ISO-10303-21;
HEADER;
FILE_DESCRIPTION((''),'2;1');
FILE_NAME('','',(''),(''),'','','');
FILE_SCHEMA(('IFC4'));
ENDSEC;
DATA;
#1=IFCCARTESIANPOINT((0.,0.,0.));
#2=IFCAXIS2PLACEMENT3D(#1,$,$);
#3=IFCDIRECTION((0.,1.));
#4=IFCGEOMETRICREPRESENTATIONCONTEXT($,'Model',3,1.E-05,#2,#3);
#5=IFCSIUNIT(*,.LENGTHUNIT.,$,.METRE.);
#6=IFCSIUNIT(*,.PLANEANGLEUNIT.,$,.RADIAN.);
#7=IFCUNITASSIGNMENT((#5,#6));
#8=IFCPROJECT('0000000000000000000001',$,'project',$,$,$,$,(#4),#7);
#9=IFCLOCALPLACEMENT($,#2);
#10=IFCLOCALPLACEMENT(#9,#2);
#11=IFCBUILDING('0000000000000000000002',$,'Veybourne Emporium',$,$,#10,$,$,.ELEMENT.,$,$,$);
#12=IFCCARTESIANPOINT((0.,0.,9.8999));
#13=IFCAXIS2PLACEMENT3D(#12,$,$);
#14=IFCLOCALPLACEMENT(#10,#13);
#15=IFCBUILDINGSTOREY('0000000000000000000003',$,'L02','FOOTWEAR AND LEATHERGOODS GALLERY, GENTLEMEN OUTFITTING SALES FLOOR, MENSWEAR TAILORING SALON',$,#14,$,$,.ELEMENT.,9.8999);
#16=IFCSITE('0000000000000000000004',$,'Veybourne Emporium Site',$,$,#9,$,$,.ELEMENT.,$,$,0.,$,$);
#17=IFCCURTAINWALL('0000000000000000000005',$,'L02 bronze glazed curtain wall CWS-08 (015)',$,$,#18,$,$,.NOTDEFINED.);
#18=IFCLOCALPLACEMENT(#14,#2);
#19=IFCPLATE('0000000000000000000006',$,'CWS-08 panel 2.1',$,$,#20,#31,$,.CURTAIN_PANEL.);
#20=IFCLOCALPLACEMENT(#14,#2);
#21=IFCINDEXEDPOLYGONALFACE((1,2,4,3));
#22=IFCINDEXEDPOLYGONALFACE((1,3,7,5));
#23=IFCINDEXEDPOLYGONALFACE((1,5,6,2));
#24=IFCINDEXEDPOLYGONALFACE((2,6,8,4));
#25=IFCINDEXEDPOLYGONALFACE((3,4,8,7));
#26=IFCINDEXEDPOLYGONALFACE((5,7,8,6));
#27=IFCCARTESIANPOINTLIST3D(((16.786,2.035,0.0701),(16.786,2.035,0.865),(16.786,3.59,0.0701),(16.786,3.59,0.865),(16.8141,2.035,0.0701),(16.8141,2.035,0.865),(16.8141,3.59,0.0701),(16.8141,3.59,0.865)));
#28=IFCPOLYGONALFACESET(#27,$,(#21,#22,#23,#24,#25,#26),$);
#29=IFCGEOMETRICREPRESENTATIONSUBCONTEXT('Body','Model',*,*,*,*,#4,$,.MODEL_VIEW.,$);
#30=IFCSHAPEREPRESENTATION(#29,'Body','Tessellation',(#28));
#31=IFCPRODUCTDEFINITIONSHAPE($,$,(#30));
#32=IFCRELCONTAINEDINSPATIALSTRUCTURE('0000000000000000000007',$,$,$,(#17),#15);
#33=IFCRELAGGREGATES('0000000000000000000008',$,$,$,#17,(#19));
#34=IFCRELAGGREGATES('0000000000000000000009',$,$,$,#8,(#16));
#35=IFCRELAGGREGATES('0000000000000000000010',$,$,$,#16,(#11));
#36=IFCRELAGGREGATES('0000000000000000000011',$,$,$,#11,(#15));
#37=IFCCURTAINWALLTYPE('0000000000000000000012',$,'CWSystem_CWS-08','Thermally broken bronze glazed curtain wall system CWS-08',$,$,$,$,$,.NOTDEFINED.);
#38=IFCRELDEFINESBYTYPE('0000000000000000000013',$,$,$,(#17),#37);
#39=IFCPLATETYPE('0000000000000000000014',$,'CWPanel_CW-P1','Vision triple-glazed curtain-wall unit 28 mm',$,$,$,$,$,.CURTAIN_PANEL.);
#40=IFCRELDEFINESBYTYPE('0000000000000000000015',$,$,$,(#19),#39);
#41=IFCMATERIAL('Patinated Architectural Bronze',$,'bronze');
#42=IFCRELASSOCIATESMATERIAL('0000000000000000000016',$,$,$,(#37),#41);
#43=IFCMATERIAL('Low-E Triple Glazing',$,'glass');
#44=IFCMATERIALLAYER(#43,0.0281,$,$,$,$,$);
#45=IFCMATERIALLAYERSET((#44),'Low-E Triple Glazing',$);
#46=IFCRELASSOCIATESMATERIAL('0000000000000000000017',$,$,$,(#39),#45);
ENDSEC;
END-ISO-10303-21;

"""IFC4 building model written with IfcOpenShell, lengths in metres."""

from ifc_helpers import new_model, si_unit, direction, frame, origin, origin_2d, place, context, subcontext, project, spatial, rectangle, extrude, material, layer, layer_set, type_object, element, aggregate, save


model = new_model("IFC4")

# Units and contexts
model_context = context("Model", 3, precision=1e-05, world=origin(), true_north=direction((0.0, 1.0)))
body_context = subcontext(model_context, "Body", "Model", "MODEL_VIEW")
ifc_project = project(units=[si_unit("LENGTHUNIT", "METRE"), si_unit("PLANEANGLEUNIT", "RADIAN")], contexts=[model_context])

# Site, building, storey
site_placement = place(None, origin())
site = spatial("IfcSite", under=ifc_project, at=site_placement, Name="Veybourne Emporium Site", CompositionType="ELEMENT", RefElevation=0.0)
building_placement = place(site_placement, origin())
building = spatial("IfcBuilding", under=site, at=building_placement, Name="Veybourne Emporium", CompositionType="ELEMENT")
storey_placement = place(building_placement, frame((0.0, 0.0, 9.8999)))
storey = spatial("IfcBuildingStorey", under=building, at=storey_placement, Name="L02", Description="FOOTWEAR AND LEATHERGOODS GALLERY, GENTLEMEN OUTFITTING SALES FLOOR, MENSWEAR TAILORING SALON", CompositionType="ELEMENT", Elevation=9.8999)

# Curtain wall
ifc_material_1 = material(Name="Patinated Architectural Bronze", Category="bronze")
curtain_wall_type = type_object("IfcCurtainWallType", Name="CWSystem_CWS-08", Description="Thermally broken bronze glazed curtain wall system CWS-08", PredefinedType="NOTDEFINED", material=ifc_material_1)
curtain_wall_placement = place(storey_placement, origin())
curtain_wall = element("IfcCurtainWall", 1, at=curtain_wall_placement, inside=storey, type_object=curtain_wall_type, Name="L02 bronze glazed curtain wall CWS-08 (015)", PredefinedType="NOTDEFINED")

# Plate
ifc_material_2 = material(Name="Low-E Triple Glazing", Category="glass")
ifc_layer_1 = layer(ifc_material_2, 0.0281)
ifc_layer_set_1 = layer_set([ifc_layer_1], Name="Low-E Triple Glazing")
plate_type = type_object("IfcPlateType", Name="CWPanel_CW-P1", Description="Vision triple-glazed curtain-wall unit 28 mm", PredefinedType="CURTAIN_PANEL", material=ifc_layer_set_1)
plate_1_placement = place(storey_placement, frame((16.8, 2.8125, 0.0701), z_axis=(0.0, 0.0, 1.0), x_axis=(0.0, 1.0, 0.0)))
plate_1 = element("IfcPlate", 2, at=plate_1_placement, type_object=plate_type, Name="CWS-08 panel 2.1", PredefinedType="CURTAIN_PANEL", context=body_context, shape_type="SweptSolid", body=[
    extrude(rectangle(XDim=1.5549, YDim=0.0281, at=origin_2d()), origin(), (0.0, 0.0, 1.0), 0.7949),
])
aggregate(curtain_wall, [plate_1])

save(model, "model.ifc")
